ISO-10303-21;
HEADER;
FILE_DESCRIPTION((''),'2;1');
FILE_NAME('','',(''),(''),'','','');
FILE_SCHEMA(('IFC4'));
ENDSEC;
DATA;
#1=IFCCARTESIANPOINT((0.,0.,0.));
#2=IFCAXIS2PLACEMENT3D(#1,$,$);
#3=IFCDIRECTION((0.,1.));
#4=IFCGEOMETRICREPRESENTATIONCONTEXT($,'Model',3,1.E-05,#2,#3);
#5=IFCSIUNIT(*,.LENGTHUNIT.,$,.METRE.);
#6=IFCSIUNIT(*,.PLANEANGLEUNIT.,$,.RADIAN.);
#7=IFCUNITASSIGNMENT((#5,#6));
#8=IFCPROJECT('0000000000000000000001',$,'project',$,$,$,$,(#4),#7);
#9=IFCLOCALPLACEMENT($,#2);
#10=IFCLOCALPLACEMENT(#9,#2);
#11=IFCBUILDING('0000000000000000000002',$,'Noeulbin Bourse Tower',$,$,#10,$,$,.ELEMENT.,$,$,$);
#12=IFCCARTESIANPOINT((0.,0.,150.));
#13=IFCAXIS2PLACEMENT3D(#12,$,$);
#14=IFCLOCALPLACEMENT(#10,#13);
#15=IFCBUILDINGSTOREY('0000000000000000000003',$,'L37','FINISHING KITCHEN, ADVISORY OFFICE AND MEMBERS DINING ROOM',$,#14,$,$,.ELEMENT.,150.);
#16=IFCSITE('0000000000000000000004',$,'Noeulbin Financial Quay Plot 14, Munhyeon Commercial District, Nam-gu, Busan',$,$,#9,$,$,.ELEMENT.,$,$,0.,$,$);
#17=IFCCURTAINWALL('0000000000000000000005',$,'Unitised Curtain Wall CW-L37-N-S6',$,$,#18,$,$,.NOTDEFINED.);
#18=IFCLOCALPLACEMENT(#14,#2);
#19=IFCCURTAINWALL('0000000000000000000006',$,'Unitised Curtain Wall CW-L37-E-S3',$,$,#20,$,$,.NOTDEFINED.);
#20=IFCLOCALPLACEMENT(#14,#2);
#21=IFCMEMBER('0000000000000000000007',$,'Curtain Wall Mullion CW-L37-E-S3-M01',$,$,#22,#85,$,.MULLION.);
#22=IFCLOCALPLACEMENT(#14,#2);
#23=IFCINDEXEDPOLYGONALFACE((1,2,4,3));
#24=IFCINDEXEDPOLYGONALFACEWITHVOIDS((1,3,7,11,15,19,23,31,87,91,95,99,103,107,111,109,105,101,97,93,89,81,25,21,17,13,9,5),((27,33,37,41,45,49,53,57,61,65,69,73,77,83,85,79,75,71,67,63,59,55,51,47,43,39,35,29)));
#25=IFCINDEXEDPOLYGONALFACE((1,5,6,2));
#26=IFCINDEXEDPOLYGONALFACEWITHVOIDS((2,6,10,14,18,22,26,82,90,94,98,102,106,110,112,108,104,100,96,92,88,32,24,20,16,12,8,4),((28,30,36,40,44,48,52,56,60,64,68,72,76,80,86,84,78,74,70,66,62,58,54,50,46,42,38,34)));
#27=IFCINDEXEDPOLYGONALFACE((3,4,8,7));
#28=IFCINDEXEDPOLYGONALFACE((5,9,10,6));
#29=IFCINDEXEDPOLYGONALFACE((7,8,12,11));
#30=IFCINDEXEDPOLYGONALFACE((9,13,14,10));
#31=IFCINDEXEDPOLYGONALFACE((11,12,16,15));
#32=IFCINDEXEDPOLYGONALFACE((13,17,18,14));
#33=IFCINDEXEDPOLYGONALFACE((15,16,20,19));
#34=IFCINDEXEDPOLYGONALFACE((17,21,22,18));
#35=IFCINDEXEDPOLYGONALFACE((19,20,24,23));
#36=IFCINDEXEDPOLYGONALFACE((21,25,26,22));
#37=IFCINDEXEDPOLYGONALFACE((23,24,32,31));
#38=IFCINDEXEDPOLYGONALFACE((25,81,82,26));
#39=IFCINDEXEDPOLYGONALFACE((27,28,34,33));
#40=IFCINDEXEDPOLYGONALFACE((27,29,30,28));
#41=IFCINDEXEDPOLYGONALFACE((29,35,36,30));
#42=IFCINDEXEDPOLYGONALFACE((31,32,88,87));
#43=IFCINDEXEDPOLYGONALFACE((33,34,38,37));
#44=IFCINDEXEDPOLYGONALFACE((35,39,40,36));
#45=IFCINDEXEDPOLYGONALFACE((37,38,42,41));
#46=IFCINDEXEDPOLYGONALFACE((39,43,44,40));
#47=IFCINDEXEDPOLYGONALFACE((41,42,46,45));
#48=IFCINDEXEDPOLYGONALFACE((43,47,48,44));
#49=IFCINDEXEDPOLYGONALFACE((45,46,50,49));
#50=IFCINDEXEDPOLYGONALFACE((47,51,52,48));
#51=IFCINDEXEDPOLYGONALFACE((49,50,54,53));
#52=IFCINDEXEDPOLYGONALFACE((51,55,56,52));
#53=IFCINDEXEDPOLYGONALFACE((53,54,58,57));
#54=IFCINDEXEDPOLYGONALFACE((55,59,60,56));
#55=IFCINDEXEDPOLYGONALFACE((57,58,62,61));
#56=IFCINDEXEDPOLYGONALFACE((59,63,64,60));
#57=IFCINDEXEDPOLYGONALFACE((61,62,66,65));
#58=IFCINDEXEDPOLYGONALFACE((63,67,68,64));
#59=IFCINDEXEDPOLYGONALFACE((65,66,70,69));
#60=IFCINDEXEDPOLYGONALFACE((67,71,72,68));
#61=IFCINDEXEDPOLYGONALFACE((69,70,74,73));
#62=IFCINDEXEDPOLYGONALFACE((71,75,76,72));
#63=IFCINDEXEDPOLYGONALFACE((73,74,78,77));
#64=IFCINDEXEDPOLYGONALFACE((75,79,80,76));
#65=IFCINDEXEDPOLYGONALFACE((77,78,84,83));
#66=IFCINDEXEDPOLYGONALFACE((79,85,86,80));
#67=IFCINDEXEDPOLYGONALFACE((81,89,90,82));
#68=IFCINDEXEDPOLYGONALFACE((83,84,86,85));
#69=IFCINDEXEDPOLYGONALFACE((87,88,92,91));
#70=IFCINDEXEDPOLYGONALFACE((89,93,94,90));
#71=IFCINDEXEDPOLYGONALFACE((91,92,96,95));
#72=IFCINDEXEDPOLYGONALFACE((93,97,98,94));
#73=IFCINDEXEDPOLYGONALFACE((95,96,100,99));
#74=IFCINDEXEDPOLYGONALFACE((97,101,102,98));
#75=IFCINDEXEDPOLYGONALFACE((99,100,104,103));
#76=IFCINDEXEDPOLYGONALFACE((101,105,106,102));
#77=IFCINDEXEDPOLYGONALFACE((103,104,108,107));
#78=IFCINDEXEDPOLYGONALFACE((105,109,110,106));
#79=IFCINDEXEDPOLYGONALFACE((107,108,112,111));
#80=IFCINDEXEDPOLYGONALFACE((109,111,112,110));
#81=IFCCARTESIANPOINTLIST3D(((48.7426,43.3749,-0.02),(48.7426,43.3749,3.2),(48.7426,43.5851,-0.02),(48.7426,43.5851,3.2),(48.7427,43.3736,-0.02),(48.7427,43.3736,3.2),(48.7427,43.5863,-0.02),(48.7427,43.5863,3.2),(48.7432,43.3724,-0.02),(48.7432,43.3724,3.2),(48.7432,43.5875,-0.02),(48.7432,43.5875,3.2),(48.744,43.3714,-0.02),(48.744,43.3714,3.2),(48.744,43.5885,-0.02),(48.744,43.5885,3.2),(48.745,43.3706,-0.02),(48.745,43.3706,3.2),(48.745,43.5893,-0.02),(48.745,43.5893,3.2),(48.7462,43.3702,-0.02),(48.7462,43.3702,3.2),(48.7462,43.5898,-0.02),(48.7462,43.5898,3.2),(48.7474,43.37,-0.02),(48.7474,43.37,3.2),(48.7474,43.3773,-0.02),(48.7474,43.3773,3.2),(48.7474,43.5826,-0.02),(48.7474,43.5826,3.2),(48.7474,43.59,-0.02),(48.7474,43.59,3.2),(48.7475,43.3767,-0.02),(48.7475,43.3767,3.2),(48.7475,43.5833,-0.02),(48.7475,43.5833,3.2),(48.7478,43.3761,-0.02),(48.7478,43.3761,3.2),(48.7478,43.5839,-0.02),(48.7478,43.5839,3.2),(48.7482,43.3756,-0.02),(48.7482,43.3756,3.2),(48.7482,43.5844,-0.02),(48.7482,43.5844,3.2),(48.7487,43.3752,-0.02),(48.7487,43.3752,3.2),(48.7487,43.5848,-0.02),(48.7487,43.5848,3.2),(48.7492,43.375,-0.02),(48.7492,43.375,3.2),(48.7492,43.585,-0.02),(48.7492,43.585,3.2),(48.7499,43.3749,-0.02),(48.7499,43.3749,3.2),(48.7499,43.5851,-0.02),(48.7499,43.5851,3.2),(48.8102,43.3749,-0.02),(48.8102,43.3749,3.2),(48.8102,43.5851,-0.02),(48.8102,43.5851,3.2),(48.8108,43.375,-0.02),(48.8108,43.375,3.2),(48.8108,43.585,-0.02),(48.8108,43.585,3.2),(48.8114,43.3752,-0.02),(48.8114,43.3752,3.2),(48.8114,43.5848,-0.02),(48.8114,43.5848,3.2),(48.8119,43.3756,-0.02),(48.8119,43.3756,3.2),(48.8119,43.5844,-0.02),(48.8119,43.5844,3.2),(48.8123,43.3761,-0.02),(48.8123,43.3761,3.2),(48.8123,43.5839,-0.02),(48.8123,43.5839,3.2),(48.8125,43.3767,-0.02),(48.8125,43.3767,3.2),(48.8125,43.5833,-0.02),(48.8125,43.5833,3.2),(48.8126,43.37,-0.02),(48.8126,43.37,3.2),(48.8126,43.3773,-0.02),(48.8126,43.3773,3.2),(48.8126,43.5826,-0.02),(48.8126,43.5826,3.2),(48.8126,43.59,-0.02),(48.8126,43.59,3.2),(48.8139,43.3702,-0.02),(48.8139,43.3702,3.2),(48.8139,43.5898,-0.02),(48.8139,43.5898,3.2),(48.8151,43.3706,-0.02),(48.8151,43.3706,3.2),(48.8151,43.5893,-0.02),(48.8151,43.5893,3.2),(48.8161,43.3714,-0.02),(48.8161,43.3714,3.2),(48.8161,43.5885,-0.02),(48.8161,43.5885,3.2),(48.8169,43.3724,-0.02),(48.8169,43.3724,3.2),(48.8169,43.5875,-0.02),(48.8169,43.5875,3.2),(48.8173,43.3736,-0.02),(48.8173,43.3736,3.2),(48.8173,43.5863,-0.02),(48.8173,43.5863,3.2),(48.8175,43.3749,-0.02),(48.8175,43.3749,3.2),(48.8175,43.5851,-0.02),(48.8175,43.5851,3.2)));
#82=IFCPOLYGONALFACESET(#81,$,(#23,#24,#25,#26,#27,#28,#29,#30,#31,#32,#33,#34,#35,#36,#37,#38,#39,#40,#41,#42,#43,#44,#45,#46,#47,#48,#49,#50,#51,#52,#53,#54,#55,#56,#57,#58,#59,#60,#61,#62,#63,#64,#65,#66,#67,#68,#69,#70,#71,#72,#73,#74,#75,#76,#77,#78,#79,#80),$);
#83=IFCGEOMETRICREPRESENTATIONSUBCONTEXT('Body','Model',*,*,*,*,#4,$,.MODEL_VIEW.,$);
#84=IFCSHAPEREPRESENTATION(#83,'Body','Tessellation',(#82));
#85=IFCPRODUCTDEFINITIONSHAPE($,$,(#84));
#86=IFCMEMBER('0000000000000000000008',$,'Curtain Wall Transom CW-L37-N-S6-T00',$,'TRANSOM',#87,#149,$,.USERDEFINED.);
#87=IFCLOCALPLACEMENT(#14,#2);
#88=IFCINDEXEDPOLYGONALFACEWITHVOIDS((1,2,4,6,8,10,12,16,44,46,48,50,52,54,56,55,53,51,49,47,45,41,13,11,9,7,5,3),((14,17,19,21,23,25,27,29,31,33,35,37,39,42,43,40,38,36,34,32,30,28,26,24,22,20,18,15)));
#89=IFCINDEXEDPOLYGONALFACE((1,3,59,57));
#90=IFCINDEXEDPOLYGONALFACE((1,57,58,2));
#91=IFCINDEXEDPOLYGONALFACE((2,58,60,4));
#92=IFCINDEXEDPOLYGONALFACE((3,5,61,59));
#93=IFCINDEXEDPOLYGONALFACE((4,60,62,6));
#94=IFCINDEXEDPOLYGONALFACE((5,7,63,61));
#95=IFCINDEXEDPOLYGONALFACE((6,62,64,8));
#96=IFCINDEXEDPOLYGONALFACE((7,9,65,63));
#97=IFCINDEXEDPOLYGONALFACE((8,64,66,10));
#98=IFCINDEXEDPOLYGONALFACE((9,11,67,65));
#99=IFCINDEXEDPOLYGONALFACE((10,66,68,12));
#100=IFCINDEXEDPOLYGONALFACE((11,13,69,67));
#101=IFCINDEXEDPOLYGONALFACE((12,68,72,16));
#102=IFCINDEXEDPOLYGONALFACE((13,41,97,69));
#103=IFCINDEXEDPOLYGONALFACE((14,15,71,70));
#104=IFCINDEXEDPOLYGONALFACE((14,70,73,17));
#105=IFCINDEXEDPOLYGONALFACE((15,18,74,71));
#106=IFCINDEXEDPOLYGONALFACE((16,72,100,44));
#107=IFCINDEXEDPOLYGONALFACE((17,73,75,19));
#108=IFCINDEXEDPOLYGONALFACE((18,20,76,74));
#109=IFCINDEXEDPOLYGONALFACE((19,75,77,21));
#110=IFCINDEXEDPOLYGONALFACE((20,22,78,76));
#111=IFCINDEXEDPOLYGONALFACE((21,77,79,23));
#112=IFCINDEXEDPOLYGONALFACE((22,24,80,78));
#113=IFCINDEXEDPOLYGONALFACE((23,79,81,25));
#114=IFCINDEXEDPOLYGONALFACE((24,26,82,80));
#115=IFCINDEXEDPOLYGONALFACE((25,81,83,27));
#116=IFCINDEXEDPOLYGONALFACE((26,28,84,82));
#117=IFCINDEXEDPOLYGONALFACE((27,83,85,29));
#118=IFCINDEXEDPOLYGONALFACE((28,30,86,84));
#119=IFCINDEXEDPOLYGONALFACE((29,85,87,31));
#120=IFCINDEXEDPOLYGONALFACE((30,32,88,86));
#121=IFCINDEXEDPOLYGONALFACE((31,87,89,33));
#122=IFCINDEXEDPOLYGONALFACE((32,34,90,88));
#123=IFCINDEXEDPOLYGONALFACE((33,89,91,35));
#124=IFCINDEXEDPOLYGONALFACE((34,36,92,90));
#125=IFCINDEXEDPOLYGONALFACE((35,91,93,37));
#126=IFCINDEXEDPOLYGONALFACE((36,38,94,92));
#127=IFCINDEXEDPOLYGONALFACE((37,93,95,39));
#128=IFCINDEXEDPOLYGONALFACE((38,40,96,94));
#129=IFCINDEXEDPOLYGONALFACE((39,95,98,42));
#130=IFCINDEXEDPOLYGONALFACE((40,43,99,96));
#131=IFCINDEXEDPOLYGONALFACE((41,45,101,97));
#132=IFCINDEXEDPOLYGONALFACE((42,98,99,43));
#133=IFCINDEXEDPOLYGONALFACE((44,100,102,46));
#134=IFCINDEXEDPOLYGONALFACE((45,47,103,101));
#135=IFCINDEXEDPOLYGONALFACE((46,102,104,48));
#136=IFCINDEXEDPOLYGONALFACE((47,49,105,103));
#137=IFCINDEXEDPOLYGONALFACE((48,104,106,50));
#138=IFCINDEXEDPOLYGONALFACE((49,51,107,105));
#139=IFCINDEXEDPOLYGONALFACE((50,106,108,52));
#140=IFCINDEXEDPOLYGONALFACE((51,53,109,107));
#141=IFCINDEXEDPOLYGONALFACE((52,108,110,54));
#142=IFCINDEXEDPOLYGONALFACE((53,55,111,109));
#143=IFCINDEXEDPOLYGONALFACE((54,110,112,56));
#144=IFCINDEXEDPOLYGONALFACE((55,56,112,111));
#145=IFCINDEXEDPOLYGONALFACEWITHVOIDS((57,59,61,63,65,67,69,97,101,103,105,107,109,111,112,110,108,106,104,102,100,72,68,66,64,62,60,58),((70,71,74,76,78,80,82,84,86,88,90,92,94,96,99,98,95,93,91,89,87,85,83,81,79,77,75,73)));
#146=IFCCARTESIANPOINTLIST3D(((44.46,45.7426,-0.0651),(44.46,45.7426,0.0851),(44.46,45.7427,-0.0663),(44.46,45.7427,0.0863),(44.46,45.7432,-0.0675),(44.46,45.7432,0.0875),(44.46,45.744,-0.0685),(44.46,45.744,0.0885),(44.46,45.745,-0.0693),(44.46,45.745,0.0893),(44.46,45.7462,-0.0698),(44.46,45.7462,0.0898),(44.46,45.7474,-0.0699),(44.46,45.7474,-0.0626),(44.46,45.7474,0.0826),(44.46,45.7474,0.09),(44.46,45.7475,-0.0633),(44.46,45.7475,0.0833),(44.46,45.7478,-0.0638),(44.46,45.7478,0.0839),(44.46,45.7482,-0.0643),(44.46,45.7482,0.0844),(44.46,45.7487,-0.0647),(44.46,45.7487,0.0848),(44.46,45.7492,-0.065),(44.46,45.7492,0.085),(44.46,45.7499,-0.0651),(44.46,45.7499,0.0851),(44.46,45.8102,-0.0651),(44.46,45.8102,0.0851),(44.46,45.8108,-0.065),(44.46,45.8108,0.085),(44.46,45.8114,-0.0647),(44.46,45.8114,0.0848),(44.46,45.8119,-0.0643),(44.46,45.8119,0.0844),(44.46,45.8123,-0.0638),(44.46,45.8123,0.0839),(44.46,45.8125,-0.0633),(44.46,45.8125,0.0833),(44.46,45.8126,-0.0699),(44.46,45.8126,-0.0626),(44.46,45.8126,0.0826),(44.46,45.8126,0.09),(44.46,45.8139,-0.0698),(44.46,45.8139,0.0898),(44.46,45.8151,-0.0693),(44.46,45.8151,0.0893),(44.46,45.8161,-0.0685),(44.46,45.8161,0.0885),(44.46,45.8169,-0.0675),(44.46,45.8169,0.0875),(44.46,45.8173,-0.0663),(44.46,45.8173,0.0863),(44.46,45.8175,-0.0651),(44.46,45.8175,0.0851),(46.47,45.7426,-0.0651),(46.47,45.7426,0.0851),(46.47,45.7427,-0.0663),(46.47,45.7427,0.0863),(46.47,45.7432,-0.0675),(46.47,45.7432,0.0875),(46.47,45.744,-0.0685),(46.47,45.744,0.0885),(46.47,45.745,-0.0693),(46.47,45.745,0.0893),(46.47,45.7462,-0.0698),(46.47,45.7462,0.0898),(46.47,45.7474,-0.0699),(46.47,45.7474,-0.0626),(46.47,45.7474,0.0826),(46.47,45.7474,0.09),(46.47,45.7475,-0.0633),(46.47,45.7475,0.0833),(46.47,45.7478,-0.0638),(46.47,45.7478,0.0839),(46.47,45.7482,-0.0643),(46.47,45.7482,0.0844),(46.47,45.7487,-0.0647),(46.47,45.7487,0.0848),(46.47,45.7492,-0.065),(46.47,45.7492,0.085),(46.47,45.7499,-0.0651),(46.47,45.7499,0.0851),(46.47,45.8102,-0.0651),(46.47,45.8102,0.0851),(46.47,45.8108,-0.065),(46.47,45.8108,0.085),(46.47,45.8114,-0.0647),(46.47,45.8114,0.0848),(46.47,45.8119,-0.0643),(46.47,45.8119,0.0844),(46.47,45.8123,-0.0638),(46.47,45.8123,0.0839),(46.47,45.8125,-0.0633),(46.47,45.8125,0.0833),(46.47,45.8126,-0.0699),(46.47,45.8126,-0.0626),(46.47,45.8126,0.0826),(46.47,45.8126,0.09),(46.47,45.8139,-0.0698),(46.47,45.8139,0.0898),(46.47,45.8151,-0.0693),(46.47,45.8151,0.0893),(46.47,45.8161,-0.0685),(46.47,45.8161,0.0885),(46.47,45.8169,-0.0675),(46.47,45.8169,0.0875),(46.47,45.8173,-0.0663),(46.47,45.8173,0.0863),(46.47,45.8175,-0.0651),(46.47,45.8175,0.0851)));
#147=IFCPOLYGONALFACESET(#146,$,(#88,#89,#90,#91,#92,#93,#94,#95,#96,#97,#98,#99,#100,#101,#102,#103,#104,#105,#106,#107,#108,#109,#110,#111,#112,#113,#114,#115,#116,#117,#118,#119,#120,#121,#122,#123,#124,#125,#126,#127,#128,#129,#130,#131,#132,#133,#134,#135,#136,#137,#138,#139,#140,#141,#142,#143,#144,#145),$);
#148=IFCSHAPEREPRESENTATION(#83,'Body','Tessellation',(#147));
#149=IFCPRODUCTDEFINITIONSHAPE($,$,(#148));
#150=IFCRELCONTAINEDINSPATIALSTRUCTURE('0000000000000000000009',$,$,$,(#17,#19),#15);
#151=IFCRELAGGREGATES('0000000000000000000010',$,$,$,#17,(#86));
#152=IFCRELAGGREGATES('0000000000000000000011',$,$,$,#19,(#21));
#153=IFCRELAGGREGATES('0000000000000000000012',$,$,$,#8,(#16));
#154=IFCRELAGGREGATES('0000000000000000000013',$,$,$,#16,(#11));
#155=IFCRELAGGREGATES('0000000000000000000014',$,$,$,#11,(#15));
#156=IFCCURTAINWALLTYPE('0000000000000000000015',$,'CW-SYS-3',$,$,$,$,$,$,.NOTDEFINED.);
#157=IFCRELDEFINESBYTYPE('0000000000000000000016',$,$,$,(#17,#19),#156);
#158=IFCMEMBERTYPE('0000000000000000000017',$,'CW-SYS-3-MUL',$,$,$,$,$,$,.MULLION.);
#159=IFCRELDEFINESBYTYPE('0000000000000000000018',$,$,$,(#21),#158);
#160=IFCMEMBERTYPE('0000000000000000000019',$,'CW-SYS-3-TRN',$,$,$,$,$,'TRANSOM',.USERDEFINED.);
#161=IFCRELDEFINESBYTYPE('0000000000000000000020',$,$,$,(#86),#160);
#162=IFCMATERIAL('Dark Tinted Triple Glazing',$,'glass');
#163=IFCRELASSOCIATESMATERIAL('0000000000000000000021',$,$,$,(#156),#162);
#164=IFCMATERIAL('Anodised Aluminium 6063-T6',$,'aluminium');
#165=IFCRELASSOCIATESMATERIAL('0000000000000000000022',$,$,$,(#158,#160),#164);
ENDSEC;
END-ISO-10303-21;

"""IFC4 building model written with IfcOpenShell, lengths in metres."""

from ifc_helpers import new_model, si_unit, direction, frame, origin, origin_2d, place, context, subcontext, project, spatial, hollow_rectangle, extrude, material, material_profile, profile_set, type_object, element, aggregate, save


model = new_model("IFC4")

# Units and contexts
model_context = context("Model", 3, precision=1e-05, world=origin(), true_north=direction((0.0, 1.0)))
body_context = subcontext(model_context, "Body", "Model", "MODEL_VIEW")
ifc_project = project(units=[si_unit("LENGTHUNIT", "METRE"), si_unit("PLANEANGLEUNIT", "RADIAN")], contexts=[model_context])

# Site, building, storey
site_placement = place(None, origin())
site = spatial("IfcSite", under=ifc_project, at=site_placement, Name="Noeulbin Financial Quay Plot 14, Munhyeon Commercial District, Nam-gu, Busan", CompositionType="ELEMENT", RefElevation=0.0)
building_placement = place(site_placement, origin())
building = spatial("IfcBuilding", under=site, at=building_placement, Name="Noeulbin Bourse Tower", CompositionType="ELEMENT")
storey_placement = place(building_placement, frame((0.0, 0.0, 150.0)))
storey = spatial("IfcBuildingStorey", under=building, at=storey_placement, Name="L37", Description="FINISHING KITCHEN, ADVISORY OFFICE AND MEMBERS DINING ROOM", CompositionType="ELEMENT", Elevation=150.0)

# Shared definitions
ifc_material_1 = material(Name="Dark Tinted Triple Glazing", Category="glass")
curtain_wall_type = type_object("IfcCurtainWallType", Name="CW-SYS-3", PredefinedType="NOTDEFINED", material=ifc_material_1)
ifc_material_2 = material(Name="Anodised Aluminium 6063-T6", Category="aluminium")
ifc_material_profile_1 = material_profile(ifc_material_2, hollow_rectangle(XDim=0.075, YDim=0.22, WallThickness=0.0049, InnerFilletRadius=0.0024, OuterFilletRadius=0.0049, at=origin_2d()), Name="ALU-MULL-75x220x5", Category="LoadBearing")
ifc_profile_set_1 = profile_set([ifc_material_profile_1], Name="Anodised Aluminium 6063-T6")
member_type_1 = type_object("IfcMemberType", Name="CW-SYS-3-MUL", PredefinedType="MULLION", material=ifc_profile_set_1)

# Curtain walls, member
curtain_wall_1_placement = place(storey_placement, origin())
curtain_wall_1 = element("IfcCurtainWall", 1, at=curtain_wall_1_placement, inside=storey, type_object=curtain_wall_type, Name="Unitised Curtain Wall CW-L37-N-S6", PredefinedType="NOTDEFINED")
curtain_wall_2_placement = place(storey_placement, origin())
curtain_wall_2 = element("IfcCurtainWall", 2, at=curtain_wall_2_placement, inside=storey, type_object=curtain_wall_type, Name="Unitised Curtain Wall CW-L37-E-S3", PredefinedType="NOTDEFINED")
member_1_placement = place(storey_placement, frame((48.78, 43.48, -0.02), z_axis=(0.0, 0.0, 1.0), x_axis=(1.0, 0.0, 0.0)))
member_1 = element("IfcMember", 3, at=member_1_placement, type_object=member_type_1, Name="Curtain Wall Mullion CW-L37-E-S3-M01", PredefinedType="MULLION", context=body_context, shape_type="SweptSolid", body=[
    extrude(hollow_rectangle(XDim=0.075, YDim=0.22, WallThickness=0.0049, InnerFilletRadius=0.0024, OuterFilletRadius=0.0049, at=origin_2d()), origin(), (0.0, 0.0, 1.0), 3.22),
])

# Member
ifc_material_profile_2 = material_profile(ifc_material_2, hollow_rectangle(XDim=0.075, YDim=0.1599, WallThickness=0.0049, InnerFilletRadius=0.0024, OuterFilletRadius=0.0049, at=origin_2d()), Name="ALU-TRAN-75x160x5", Category="LoadBearing")
ifc_profile_set_2 = profile_set([ifc_material_profile_2], Name="Anodised Aluminium 6063-T6")
member_type_2 = type_object("IfcMemberType", Name="CW-SYS-3-TRN", ElementType="TRANSOM", PredefinedType="USERDEFINED", material=ifc_profile_set_2)
member_2_placement = place(storey_placement, frame((44.46, 45.78, 0.01), z_axis=(1.0, 0.0, 0.0), x_axis=(0.0, 1.0, 0.0)))
member_2 = element("IfcMember", 4, at=member_2_placement, type_object=member_type_2, Name="Curtain Wall Transom CW-L37-N-S6-T00", ObjectType="TRANSOM", PredefinedType="USERDEFINED", context=body_context, shape_type="SweptSolid", body=[
    extrude(hollow_rectangle(XDim=0.075, YDim=0.1599, WallThickness=0.0049, InnerFilletRadius=0.0024, OuterFilletRadius=0.0049, at=origin_2d()), origin(), (0.0, 0.0, 1.0), 2.01),
])

aggregate(curtain_wall_1, [member_2])
aggregate(curtain_wall_2, [member_1])

save(model, "model.ifc")
